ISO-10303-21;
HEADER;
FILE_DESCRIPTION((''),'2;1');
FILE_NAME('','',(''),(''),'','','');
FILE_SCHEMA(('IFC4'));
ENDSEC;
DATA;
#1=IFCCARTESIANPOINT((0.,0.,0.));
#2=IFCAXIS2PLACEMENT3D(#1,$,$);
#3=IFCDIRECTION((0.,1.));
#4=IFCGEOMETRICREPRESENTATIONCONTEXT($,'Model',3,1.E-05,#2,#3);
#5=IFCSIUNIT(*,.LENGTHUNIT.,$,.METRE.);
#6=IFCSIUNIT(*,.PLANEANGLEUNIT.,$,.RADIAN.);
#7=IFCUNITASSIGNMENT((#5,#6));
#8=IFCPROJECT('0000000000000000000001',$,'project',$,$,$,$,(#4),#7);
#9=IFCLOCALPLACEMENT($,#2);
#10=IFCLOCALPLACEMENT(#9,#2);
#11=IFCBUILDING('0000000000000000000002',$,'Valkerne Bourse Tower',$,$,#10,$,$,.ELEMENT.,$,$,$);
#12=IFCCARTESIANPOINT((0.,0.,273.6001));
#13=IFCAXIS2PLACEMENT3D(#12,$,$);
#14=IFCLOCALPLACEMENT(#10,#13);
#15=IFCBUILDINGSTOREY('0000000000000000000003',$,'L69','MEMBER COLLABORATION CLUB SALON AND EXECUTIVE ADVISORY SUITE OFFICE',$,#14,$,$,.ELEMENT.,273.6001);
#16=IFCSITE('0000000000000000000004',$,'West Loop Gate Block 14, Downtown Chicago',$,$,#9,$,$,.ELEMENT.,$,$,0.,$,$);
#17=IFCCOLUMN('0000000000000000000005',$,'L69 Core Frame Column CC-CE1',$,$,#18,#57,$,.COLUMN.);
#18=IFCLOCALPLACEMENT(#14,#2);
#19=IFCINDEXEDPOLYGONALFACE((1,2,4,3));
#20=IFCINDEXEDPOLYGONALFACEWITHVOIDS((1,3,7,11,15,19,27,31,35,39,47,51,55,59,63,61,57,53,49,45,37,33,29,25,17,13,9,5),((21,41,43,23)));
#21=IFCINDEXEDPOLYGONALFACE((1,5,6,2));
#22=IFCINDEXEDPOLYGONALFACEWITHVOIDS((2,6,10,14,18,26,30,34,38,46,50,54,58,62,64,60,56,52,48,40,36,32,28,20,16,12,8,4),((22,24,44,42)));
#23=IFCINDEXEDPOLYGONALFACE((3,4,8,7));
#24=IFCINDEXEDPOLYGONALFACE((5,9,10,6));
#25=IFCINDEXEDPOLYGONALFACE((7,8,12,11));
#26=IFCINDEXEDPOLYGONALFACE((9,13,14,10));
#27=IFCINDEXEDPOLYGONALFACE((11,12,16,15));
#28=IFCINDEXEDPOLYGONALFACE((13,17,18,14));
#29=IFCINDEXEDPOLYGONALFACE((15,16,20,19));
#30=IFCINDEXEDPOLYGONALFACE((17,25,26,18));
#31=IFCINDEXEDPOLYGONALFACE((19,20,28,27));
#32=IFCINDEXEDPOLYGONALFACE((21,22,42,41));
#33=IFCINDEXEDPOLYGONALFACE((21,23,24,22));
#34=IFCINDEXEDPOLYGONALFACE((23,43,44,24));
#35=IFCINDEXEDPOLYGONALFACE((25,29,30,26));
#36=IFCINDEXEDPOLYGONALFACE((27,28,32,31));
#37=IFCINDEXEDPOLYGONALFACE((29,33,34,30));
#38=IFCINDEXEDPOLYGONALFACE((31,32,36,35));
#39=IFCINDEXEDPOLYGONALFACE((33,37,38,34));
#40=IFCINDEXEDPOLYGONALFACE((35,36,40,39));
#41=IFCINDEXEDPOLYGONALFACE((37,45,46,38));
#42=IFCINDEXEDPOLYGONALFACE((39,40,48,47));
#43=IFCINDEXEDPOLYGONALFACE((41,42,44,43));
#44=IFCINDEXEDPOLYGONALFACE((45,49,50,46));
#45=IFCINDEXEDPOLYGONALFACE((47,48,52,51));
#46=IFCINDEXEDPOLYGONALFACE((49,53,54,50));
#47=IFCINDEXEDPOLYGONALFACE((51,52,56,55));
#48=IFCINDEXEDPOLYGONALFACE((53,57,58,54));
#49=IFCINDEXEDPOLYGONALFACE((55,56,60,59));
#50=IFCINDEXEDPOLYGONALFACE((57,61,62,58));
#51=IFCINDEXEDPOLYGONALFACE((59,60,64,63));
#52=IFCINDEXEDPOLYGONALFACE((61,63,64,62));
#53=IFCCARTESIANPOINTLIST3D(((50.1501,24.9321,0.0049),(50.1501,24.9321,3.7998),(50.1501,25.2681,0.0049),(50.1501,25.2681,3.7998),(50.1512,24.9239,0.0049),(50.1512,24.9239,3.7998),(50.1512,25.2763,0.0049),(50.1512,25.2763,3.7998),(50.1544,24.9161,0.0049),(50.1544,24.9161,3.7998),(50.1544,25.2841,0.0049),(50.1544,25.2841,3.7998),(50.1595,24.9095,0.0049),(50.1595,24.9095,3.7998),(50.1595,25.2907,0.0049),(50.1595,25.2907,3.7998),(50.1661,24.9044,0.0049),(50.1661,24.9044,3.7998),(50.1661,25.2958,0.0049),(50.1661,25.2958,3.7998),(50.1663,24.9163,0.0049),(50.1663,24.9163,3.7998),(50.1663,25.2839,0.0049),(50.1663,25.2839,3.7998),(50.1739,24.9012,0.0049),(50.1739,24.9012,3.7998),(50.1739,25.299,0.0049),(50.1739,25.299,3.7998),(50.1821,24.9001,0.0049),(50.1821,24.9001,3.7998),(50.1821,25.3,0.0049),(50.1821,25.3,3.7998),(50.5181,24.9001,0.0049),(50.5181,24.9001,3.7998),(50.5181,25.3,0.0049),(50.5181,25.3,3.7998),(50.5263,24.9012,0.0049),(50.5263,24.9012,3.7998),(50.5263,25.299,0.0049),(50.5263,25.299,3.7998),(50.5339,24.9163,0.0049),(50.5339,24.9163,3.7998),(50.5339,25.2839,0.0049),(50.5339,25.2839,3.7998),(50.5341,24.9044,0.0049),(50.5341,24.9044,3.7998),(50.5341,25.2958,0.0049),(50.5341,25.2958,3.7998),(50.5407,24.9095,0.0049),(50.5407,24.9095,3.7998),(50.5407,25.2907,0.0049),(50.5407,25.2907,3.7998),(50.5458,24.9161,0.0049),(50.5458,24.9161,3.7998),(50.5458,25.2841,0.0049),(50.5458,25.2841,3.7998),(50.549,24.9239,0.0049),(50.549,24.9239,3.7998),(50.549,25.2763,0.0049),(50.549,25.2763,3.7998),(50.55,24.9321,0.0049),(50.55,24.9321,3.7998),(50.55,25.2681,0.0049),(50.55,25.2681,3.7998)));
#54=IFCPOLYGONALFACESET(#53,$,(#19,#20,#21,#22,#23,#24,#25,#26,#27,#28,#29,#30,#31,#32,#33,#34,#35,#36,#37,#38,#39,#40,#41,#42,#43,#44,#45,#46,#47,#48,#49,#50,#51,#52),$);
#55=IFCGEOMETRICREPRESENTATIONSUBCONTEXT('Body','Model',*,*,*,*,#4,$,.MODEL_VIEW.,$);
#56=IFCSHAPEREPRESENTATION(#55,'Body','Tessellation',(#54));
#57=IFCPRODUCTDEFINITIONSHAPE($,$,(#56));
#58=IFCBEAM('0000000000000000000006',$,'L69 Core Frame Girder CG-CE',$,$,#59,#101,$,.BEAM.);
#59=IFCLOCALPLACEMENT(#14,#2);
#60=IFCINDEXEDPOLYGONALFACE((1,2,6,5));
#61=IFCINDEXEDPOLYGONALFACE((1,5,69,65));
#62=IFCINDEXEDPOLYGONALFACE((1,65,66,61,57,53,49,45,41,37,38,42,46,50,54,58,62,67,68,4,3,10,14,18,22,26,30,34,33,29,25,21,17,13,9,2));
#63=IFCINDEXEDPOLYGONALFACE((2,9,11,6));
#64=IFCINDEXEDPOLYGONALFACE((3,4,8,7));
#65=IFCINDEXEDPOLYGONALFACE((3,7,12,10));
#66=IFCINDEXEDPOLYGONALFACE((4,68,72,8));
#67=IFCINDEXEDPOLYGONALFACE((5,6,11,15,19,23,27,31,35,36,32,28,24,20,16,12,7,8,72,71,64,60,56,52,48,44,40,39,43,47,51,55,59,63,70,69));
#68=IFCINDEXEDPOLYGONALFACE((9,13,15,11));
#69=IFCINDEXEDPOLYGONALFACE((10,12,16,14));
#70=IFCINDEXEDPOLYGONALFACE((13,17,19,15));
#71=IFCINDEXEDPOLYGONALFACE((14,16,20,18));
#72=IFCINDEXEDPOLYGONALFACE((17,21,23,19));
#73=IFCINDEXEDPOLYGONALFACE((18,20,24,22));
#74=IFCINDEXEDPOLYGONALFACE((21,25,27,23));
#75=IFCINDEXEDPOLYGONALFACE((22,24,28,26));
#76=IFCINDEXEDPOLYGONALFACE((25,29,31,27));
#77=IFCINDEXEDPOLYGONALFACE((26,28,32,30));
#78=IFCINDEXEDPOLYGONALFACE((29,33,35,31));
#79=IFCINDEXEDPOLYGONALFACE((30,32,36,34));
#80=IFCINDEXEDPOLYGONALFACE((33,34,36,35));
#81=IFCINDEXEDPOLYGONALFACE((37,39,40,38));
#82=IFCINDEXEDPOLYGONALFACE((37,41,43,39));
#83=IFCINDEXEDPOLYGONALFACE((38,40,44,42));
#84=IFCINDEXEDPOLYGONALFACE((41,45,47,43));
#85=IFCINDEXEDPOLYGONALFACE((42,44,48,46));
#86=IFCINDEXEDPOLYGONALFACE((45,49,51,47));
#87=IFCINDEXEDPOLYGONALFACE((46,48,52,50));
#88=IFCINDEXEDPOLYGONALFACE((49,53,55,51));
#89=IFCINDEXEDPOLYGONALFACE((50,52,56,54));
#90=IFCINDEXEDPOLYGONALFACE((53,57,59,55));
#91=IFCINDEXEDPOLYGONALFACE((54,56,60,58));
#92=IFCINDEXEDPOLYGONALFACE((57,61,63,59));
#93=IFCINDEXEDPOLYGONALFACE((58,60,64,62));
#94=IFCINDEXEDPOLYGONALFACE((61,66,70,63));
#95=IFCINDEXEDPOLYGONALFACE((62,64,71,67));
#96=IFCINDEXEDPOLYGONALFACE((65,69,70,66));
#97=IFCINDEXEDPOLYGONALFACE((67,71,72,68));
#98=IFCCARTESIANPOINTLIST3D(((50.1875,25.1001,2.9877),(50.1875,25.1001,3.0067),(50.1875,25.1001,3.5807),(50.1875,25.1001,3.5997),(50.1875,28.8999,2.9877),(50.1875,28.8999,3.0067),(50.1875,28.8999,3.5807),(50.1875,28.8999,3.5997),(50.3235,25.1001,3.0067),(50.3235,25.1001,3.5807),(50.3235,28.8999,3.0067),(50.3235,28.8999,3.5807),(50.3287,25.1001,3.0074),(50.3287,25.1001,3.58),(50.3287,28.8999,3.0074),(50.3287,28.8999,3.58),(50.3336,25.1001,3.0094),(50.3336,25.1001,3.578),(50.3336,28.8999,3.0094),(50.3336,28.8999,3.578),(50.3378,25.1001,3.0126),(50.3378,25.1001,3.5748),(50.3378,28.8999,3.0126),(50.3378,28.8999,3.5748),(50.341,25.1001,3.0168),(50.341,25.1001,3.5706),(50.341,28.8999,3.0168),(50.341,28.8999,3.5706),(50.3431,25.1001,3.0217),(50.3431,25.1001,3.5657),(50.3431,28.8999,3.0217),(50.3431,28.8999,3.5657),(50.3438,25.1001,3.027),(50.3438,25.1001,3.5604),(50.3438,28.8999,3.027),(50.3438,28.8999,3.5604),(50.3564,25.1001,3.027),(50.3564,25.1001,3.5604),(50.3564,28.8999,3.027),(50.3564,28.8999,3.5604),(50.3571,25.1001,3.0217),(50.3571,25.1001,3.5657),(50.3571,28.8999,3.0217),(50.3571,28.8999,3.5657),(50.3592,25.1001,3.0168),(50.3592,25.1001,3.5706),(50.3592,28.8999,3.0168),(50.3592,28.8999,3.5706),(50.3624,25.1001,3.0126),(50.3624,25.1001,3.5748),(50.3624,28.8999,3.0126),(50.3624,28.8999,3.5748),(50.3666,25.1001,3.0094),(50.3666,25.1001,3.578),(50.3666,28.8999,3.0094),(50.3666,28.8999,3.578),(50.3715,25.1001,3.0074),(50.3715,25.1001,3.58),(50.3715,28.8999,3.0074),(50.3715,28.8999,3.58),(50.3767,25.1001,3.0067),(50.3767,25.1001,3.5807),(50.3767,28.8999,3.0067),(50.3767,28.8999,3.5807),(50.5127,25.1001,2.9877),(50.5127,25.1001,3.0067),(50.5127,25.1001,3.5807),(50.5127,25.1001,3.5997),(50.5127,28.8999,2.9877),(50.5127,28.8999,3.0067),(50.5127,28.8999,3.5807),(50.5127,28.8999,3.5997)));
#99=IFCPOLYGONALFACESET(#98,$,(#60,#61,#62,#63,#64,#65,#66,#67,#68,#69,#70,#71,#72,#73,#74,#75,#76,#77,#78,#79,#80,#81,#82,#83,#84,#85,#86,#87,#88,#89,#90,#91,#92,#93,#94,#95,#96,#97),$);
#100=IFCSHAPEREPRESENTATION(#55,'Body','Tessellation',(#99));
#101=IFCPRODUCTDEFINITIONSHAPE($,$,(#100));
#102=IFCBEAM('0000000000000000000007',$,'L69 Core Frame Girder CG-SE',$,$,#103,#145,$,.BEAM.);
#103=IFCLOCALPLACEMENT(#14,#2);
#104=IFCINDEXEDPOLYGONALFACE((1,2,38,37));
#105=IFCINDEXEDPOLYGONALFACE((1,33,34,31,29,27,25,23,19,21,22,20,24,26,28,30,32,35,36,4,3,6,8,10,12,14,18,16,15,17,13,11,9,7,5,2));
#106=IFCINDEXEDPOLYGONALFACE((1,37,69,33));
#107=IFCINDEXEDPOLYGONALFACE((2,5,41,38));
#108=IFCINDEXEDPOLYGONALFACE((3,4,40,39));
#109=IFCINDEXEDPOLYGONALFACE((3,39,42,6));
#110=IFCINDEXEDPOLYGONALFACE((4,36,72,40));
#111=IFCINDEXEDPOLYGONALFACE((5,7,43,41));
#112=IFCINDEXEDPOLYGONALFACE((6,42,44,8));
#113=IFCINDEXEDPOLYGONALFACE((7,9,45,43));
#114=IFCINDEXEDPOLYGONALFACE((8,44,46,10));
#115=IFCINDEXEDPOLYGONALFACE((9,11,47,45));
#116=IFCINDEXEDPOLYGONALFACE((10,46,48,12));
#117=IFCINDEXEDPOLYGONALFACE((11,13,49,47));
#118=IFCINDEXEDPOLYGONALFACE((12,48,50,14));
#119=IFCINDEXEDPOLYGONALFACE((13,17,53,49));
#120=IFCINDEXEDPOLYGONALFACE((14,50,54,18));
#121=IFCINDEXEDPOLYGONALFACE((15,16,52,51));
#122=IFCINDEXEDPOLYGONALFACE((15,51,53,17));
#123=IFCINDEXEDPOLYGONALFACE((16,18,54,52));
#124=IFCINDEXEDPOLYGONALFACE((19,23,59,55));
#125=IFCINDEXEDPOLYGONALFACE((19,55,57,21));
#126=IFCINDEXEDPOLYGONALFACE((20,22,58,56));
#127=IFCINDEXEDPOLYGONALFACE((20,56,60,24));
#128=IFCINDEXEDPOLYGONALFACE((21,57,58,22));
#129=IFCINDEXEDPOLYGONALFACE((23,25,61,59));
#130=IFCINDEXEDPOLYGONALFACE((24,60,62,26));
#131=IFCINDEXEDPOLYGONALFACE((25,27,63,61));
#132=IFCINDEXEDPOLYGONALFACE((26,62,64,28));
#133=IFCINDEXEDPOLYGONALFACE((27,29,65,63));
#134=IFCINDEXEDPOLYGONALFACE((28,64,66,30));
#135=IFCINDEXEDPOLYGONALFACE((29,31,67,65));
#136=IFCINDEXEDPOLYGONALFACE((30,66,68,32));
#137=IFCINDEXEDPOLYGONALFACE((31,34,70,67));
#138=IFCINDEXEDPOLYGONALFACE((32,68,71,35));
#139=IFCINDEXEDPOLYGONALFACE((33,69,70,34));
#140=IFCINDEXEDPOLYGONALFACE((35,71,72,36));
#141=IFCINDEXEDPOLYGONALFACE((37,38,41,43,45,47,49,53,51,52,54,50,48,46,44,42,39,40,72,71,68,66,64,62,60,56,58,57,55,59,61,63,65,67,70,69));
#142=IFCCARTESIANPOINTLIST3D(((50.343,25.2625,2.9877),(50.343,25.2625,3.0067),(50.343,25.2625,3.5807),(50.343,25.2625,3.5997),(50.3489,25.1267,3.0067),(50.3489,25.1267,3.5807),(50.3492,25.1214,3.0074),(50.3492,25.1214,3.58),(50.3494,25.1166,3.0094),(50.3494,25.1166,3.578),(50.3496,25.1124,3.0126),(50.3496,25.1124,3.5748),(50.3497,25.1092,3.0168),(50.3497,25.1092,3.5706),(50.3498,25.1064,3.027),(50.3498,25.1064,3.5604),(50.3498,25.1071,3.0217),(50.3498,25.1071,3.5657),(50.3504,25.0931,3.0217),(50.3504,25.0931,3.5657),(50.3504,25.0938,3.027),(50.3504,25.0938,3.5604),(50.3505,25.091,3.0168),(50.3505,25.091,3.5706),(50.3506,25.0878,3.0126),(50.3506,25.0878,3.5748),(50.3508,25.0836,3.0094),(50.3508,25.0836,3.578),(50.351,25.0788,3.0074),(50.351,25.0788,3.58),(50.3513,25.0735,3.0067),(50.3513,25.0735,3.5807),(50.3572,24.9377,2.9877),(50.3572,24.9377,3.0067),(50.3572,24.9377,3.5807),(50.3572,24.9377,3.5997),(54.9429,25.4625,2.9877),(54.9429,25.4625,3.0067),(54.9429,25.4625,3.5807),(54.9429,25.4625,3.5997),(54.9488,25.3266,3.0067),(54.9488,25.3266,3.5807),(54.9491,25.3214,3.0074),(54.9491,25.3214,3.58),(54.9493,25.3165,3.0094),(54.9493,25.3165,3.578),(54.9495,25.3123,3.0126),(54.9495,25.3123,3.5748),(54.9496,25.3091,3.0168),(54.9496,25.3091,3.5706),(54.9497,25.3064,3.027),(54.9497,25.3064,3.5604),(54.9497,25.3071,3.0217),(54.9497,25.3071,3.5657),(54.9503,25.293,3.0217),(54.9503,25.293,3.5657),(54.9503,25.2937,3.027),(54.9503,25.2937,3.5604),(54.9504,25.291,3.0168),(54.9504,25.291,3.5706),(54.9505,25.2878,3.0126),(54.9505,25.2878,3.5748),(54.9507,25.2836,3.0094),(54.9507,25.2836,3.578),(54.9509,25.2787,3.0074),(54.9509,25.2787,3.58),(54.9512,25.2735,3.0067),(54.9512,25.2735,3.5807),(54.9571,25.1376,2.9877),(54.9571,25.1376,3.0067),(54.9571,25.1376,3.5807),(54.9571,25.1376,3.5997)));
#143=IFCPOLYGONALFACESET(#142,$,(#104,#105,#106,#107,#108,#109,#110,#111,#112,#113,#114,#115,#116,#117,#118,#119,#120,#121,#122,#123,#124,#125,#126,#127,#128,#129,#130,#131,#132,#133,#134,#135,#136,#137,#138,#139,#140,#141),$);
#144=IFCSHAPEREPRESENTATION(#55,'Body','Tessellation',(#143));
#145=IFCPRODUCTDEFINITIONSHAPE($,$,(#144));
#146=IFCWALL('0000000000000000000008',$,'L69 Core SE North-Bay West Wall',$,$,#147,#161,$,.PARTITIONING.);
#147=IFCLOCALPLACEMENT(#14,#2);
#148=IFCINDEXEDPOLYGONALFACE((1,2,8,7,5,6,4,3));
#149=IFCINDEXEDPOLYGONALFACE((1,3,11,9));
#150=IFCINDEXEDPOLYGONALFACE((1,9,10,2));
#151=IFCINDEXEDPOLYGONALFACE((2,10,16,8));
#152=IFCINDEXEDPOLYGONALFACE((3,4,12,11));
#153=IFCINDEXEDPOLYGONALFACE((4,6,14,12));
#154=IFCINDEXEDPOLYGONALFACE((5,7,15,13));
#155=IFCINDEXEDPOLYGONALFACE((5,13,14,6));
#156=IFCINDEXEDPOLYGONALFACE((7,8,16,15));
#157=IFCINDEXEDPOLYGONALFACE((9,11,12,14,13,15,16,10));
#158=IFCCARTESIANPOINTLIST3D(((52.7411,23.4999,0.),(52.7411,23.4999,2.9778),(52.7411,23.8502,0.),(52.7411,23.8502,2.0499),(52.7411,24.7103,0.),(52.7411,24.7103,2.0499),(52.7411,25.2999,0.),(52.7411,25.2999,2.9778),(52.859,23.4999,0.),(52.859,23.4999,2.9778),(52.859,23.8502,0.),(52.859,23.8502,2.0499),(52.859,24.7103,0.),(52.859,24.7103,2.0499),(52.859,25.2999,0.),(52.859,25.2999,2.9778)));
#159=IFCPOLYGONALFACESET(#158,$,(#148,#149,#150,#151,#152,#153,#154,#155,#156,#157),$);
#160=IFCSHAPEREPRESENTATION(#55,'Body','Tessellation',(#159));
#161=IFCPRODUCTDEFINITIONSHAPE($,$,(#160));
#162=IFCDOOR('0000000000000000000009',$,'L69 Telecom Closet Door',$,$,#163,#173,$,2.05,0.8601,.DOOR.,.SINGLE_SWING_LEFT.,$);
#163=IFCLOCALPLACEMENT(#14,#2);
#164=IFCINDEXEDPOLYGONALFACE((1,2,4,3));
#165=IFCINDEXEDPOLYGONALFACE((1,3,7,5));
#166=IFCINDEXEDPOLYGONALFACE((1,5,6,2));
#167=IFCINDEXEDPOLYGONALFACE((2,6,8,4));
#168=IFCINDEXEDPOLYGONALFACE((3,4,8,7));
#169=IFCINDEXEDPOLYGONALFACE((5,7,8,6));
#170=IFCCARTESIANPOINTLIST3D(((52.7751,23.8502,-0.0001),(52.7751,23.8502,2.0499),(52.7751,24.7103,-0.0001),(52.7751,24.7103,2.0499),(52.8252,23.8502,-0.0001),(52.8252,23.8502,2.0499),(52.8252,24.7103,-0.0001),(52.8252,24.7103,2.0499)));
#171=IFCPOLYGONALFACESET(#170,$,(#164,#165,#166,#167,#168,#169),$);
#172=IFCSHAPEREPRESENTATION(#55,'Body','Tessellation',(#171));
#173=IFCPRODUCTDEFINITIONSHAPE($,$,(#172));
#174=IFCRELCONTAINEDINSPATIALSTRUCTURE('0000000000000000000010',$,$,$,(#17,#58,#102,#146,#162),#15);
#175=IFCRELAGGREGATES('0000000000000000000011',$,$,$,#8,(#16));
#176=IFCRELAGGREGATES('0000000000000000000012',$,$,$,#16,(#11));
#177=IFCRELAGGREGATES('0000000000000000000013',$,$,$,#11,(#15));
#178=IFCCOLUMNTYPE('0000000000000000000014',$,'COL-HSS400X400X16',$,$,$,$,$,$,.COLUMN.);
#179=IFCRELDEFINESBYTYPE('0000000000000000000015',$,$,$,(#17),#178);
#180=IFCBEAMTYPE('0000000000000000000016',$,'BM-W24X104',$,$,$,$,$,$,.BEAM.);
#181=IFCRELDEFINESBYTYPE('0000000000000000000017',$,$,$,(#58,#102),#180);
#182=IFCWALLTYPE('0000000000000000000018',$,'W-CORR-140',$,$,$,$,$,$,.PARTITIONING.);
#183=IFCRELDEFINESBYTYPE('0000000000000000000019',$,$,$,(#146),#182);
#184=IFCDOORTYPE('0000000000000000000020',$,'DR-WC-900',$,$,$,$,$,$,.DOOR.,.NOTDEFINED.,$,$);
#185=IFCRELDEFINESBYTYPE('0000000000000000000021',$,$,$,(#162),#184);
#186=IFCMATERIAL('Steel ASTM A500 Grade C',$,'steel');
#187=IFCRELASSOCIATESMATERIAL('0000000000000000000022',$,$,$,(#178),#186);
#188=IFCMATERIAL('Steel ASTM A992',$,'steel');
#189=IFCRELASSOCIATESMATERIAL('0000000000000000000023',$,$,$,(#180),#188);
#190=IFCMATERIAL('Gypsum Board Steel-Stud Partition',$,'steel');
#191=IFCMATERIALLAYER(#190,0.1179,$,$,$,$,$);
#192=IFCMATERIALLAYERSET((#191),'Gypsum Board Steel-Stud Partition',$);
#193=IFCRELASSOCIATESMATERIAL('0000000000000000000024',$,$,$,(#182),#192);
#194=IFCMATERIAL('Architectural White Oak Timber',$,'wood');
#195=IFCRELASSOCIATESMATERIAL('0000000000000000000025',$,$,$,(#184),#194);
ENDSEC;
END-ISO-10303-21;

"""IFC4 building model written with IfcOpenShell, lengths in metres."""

from ifc_helpers import new_model, si_unit, direction, frame, frame_2d, origin, origin_2d, place, context, subcontext, project, spatial, rectangle, hollow_rectangle, i_section, extrude, material, layer, layer_set, material_profile, profile_set, type_object, element, fill, save


model = new_model("IFC4")

# Units and contexts
model_context = context("Model", 3, precision=1e-05, world=origin(), true_north=direction((0.0, 1.0)))
body_context = subcontext(model_context, "Body", "Model", "MODEL_VIEW")
ifc_project = project(units=[si_unit("LENGTHUNIT", "METRE"), si_unit("PLANEANGLEUNIT", "RADIAN")], contexts=[model_context])

# Site, building, storey
site_placement = place(None, origin())
site = spatial("IfcSite", under=ifc_project, at=site_placement, Name="West Loop Gate Block 14, Downtown Chicago", CompositionType="ELEMENT", RefElevation=0.0)
building_placement = place(site_placement, origin())
building = spatial("IfcBuilding", under=site, at=building_placement, Name="Valkerne Bourse Tower", CompositionType="ELEMENT")
storey_placement = place(building_placement, frame((0.0, 0.0, 273.6001)))
storey = spatial("IfcBuildingStorey", under=building, at=storey_placement, Name="L69", Description="MEMBER COLLABORATION CLUB SALON AND EXECUTIVE ADVISORY SUITE OFFICE", CompositionType="ELEMENT", Elevation=273.6001)

# Column
ifc_material_1 = material(Name="Steel ASTM A500 Grade C", Category="steel")
ifc_material_profile_1 = material_profile(ifc_material_1, hollow_rectangle(XDim=0.3999, YDim=0.3999, WallThickness=0.0161, OuterFilletRadius=0.032, at=origin_2d()), Name="HSS400X400X16")
ifc_profile_set_1 = profile_set([ifc_material_profile_1], Name="Steel ASTM A500 Grade C")
column_type = type_object("IfcColumnType", Name="COL-HSS400X400X16", PredefinedType="COLUMN", material=ifc_profile_set_1)
column_placement = place(storey_placement, frame((50.3501, 25.1001, 0.0049), z_axis=(0.0, 0.0, 1.0), x_axis=(1.0, 0.0, 0.0)))
element("IfcColumn", 1, at=column_placement, inside=storey, type_object=column_type, Name="L69 Core Frame Column CC-CE1", PredefinedType="COLUMN", context=body_context, shape_type="SweptSolid", body=[
    extrude(hollow_rectangle(XDim=0.3999, YDim=0.3999, WallThickness=0.0161, OuterFilletRadius=0.032, at=origin_2d()), origin(), (0.0, 0.0, 1.0), 3.7949),
])

# Beams
ifc_material_2 = material(Name="Steel ASTM A992", Category="steel")
ifc_material_profile_2 = material_profile(ifc_material_2, i_section(OverallWidth=0.3252, OverallDepth=0.6121, WebThickness=0.0127, FlangeThickness=0.019, FilletRadius=0.0203, at=origin_2d()), Name="W24X104")
ifc_profile_set_2 = profile_set([ifc_material_profile_2], Name="Steel ASTM A992")
beam_type = type_object("IfcBeamType", Name="BM-W24X104", PredefinedType="BEAM", material=ifc_profile_set_2)
beam_1_placement = place(storey_placement, frame((50.3501, 25.1001, 3.2937), z_axis=(0.0, 1.0, 0.0), x_axis=(-1.0, 0.0, 0.0)))
element("IfcBeam", 2, at=beam_1_placement, inside=storey, type_object=beam_type, Name="L69 Core Frame Girder CG-CE", PredefinedType="BEAM", context=body_context, shape_type="SweptSolid", body=[
    extrude(i_section(OverallWidth=0.3252, OverallDepth=0.6121, WebThickness=0.0127, FlangeThickness=0.019, FilletRadius=0.0203, at=origin_2d()), origin(), (0.0, 0.0, 1.0), 3.7998),
])
beam_2_placement = place(storey_placement, frame((50.3501, 25.1001, 3.2937), z_axis=(0.999057, 0.043428, 0.0), x_axis=(-0.043428, 0.999057, 0.0)))
element("IfcBeam", 3, at=beam_2_placement, inside=storey, type_object=beam_type, Name="L69 Core Frame Girder CG-SE", PredefinedType="BEAM", context=body_context, shape_type="SweptSolid", body=[
    extrude(i_section(OverallWidth=0.3252, OverallDepth=0.6121, WebThickness=0.0127, FlangeThickness=0.019, FilletRadius=0.0203, at=origin_2d()), origin(), (0.0, 0.0, 1.0), 4.6042),
])

# Wall, opening, door
ifc_material_3 = material(Name="Gypsum Board Steel-Stud Partition", Category="steel")
ifc_layer_1 = layer(ifc_material_3, 0.1179)
ifc_layer_set_1 = layer_set([ifc_layer_1], Name="Gypsum Board Steel-Stud Partition")
wall_type_1 = type_object("IfcWallType", Name="W-CORR-140", PredefinedType="PARTITIONING", material=ifc_layer_set_1)
wall_1_placement = place(storey_placement, frame((52.8, 23.5, 0.0), z_axis=(0.0, 0.0, 1.0), x_axis=(0.0, 1.0, 0.0)))
wall_1 = element("IfcWall", 4, at=wall_1_placement, inside=storey, type_object=wall_type_1, Name="L69 Core SE North-Bay West Wall", PredefinedType="PARTITIONING", context=body_context, shape_type="SweptSolid", body=[
    extrude(rectangle(XDim=1.8, YDim=0.1179, at=frame_2d((0.8999, 0.0))), origin(), (0.0, 0.0, 1.0), 2.9778),
])
opening_1_placement = place(wall_1_placement, frame((0.3501, 0.0, 0.0)))
opening_1 = element("IfcOpeningElement", 5, at=opening_1_placement, cuts=wall_1, PredefinedType="OPENING", context=body_context, shape_type="SweptSolid", body=[
    extrude(rectangle(XDim=0.8601, YDim=2.05, at=frame_2d((0.4302, 1.0249))), frame((0.0, 0.0688, 0.0), z_axis=(0.0, -1.0, 0.0), x_axis=(1.0, 0.0, 0.0)), (0.0, 0.0, 1.0), 0.1379),
])
ifc_material_4 = material(Name="Architectural White Oak Timber", Category="wood")
door_type_1 = type_object("IfcDoorType", Name="DR-WC-900", OperationType="NOTDEFINED", PredefinedType="DOOR", material=ifc_material_4)
door_1_placement = place(opening_1_placement, origin())
door_1 = element("IfcDoor", 6, at=door_1_placement, inside=storey, type_object=door_type_1, Name="L69 Telecom Closet Door", OperationType="SINGLE_SWING_LEFT", OverallHeight=2.05, OverallWidth=0.8601, PredefinedType="DOOR", context=body_context, shape_type="SweptSolid", body=[
    extrude(rectangle(XDim=0.8601, YDim=2.05, at=frame_2d((0.4302, 1.0249))), frame((0.0, 0.0249, 0.0), z_axis=(0.0, -1.0, 0.0), x_axis=(1.0, 0.0, 0.0)), (0.0, 0.0, 1.0), 0.05),
])
fill(opening_1, door_1)

save(model, "model.ifc")
